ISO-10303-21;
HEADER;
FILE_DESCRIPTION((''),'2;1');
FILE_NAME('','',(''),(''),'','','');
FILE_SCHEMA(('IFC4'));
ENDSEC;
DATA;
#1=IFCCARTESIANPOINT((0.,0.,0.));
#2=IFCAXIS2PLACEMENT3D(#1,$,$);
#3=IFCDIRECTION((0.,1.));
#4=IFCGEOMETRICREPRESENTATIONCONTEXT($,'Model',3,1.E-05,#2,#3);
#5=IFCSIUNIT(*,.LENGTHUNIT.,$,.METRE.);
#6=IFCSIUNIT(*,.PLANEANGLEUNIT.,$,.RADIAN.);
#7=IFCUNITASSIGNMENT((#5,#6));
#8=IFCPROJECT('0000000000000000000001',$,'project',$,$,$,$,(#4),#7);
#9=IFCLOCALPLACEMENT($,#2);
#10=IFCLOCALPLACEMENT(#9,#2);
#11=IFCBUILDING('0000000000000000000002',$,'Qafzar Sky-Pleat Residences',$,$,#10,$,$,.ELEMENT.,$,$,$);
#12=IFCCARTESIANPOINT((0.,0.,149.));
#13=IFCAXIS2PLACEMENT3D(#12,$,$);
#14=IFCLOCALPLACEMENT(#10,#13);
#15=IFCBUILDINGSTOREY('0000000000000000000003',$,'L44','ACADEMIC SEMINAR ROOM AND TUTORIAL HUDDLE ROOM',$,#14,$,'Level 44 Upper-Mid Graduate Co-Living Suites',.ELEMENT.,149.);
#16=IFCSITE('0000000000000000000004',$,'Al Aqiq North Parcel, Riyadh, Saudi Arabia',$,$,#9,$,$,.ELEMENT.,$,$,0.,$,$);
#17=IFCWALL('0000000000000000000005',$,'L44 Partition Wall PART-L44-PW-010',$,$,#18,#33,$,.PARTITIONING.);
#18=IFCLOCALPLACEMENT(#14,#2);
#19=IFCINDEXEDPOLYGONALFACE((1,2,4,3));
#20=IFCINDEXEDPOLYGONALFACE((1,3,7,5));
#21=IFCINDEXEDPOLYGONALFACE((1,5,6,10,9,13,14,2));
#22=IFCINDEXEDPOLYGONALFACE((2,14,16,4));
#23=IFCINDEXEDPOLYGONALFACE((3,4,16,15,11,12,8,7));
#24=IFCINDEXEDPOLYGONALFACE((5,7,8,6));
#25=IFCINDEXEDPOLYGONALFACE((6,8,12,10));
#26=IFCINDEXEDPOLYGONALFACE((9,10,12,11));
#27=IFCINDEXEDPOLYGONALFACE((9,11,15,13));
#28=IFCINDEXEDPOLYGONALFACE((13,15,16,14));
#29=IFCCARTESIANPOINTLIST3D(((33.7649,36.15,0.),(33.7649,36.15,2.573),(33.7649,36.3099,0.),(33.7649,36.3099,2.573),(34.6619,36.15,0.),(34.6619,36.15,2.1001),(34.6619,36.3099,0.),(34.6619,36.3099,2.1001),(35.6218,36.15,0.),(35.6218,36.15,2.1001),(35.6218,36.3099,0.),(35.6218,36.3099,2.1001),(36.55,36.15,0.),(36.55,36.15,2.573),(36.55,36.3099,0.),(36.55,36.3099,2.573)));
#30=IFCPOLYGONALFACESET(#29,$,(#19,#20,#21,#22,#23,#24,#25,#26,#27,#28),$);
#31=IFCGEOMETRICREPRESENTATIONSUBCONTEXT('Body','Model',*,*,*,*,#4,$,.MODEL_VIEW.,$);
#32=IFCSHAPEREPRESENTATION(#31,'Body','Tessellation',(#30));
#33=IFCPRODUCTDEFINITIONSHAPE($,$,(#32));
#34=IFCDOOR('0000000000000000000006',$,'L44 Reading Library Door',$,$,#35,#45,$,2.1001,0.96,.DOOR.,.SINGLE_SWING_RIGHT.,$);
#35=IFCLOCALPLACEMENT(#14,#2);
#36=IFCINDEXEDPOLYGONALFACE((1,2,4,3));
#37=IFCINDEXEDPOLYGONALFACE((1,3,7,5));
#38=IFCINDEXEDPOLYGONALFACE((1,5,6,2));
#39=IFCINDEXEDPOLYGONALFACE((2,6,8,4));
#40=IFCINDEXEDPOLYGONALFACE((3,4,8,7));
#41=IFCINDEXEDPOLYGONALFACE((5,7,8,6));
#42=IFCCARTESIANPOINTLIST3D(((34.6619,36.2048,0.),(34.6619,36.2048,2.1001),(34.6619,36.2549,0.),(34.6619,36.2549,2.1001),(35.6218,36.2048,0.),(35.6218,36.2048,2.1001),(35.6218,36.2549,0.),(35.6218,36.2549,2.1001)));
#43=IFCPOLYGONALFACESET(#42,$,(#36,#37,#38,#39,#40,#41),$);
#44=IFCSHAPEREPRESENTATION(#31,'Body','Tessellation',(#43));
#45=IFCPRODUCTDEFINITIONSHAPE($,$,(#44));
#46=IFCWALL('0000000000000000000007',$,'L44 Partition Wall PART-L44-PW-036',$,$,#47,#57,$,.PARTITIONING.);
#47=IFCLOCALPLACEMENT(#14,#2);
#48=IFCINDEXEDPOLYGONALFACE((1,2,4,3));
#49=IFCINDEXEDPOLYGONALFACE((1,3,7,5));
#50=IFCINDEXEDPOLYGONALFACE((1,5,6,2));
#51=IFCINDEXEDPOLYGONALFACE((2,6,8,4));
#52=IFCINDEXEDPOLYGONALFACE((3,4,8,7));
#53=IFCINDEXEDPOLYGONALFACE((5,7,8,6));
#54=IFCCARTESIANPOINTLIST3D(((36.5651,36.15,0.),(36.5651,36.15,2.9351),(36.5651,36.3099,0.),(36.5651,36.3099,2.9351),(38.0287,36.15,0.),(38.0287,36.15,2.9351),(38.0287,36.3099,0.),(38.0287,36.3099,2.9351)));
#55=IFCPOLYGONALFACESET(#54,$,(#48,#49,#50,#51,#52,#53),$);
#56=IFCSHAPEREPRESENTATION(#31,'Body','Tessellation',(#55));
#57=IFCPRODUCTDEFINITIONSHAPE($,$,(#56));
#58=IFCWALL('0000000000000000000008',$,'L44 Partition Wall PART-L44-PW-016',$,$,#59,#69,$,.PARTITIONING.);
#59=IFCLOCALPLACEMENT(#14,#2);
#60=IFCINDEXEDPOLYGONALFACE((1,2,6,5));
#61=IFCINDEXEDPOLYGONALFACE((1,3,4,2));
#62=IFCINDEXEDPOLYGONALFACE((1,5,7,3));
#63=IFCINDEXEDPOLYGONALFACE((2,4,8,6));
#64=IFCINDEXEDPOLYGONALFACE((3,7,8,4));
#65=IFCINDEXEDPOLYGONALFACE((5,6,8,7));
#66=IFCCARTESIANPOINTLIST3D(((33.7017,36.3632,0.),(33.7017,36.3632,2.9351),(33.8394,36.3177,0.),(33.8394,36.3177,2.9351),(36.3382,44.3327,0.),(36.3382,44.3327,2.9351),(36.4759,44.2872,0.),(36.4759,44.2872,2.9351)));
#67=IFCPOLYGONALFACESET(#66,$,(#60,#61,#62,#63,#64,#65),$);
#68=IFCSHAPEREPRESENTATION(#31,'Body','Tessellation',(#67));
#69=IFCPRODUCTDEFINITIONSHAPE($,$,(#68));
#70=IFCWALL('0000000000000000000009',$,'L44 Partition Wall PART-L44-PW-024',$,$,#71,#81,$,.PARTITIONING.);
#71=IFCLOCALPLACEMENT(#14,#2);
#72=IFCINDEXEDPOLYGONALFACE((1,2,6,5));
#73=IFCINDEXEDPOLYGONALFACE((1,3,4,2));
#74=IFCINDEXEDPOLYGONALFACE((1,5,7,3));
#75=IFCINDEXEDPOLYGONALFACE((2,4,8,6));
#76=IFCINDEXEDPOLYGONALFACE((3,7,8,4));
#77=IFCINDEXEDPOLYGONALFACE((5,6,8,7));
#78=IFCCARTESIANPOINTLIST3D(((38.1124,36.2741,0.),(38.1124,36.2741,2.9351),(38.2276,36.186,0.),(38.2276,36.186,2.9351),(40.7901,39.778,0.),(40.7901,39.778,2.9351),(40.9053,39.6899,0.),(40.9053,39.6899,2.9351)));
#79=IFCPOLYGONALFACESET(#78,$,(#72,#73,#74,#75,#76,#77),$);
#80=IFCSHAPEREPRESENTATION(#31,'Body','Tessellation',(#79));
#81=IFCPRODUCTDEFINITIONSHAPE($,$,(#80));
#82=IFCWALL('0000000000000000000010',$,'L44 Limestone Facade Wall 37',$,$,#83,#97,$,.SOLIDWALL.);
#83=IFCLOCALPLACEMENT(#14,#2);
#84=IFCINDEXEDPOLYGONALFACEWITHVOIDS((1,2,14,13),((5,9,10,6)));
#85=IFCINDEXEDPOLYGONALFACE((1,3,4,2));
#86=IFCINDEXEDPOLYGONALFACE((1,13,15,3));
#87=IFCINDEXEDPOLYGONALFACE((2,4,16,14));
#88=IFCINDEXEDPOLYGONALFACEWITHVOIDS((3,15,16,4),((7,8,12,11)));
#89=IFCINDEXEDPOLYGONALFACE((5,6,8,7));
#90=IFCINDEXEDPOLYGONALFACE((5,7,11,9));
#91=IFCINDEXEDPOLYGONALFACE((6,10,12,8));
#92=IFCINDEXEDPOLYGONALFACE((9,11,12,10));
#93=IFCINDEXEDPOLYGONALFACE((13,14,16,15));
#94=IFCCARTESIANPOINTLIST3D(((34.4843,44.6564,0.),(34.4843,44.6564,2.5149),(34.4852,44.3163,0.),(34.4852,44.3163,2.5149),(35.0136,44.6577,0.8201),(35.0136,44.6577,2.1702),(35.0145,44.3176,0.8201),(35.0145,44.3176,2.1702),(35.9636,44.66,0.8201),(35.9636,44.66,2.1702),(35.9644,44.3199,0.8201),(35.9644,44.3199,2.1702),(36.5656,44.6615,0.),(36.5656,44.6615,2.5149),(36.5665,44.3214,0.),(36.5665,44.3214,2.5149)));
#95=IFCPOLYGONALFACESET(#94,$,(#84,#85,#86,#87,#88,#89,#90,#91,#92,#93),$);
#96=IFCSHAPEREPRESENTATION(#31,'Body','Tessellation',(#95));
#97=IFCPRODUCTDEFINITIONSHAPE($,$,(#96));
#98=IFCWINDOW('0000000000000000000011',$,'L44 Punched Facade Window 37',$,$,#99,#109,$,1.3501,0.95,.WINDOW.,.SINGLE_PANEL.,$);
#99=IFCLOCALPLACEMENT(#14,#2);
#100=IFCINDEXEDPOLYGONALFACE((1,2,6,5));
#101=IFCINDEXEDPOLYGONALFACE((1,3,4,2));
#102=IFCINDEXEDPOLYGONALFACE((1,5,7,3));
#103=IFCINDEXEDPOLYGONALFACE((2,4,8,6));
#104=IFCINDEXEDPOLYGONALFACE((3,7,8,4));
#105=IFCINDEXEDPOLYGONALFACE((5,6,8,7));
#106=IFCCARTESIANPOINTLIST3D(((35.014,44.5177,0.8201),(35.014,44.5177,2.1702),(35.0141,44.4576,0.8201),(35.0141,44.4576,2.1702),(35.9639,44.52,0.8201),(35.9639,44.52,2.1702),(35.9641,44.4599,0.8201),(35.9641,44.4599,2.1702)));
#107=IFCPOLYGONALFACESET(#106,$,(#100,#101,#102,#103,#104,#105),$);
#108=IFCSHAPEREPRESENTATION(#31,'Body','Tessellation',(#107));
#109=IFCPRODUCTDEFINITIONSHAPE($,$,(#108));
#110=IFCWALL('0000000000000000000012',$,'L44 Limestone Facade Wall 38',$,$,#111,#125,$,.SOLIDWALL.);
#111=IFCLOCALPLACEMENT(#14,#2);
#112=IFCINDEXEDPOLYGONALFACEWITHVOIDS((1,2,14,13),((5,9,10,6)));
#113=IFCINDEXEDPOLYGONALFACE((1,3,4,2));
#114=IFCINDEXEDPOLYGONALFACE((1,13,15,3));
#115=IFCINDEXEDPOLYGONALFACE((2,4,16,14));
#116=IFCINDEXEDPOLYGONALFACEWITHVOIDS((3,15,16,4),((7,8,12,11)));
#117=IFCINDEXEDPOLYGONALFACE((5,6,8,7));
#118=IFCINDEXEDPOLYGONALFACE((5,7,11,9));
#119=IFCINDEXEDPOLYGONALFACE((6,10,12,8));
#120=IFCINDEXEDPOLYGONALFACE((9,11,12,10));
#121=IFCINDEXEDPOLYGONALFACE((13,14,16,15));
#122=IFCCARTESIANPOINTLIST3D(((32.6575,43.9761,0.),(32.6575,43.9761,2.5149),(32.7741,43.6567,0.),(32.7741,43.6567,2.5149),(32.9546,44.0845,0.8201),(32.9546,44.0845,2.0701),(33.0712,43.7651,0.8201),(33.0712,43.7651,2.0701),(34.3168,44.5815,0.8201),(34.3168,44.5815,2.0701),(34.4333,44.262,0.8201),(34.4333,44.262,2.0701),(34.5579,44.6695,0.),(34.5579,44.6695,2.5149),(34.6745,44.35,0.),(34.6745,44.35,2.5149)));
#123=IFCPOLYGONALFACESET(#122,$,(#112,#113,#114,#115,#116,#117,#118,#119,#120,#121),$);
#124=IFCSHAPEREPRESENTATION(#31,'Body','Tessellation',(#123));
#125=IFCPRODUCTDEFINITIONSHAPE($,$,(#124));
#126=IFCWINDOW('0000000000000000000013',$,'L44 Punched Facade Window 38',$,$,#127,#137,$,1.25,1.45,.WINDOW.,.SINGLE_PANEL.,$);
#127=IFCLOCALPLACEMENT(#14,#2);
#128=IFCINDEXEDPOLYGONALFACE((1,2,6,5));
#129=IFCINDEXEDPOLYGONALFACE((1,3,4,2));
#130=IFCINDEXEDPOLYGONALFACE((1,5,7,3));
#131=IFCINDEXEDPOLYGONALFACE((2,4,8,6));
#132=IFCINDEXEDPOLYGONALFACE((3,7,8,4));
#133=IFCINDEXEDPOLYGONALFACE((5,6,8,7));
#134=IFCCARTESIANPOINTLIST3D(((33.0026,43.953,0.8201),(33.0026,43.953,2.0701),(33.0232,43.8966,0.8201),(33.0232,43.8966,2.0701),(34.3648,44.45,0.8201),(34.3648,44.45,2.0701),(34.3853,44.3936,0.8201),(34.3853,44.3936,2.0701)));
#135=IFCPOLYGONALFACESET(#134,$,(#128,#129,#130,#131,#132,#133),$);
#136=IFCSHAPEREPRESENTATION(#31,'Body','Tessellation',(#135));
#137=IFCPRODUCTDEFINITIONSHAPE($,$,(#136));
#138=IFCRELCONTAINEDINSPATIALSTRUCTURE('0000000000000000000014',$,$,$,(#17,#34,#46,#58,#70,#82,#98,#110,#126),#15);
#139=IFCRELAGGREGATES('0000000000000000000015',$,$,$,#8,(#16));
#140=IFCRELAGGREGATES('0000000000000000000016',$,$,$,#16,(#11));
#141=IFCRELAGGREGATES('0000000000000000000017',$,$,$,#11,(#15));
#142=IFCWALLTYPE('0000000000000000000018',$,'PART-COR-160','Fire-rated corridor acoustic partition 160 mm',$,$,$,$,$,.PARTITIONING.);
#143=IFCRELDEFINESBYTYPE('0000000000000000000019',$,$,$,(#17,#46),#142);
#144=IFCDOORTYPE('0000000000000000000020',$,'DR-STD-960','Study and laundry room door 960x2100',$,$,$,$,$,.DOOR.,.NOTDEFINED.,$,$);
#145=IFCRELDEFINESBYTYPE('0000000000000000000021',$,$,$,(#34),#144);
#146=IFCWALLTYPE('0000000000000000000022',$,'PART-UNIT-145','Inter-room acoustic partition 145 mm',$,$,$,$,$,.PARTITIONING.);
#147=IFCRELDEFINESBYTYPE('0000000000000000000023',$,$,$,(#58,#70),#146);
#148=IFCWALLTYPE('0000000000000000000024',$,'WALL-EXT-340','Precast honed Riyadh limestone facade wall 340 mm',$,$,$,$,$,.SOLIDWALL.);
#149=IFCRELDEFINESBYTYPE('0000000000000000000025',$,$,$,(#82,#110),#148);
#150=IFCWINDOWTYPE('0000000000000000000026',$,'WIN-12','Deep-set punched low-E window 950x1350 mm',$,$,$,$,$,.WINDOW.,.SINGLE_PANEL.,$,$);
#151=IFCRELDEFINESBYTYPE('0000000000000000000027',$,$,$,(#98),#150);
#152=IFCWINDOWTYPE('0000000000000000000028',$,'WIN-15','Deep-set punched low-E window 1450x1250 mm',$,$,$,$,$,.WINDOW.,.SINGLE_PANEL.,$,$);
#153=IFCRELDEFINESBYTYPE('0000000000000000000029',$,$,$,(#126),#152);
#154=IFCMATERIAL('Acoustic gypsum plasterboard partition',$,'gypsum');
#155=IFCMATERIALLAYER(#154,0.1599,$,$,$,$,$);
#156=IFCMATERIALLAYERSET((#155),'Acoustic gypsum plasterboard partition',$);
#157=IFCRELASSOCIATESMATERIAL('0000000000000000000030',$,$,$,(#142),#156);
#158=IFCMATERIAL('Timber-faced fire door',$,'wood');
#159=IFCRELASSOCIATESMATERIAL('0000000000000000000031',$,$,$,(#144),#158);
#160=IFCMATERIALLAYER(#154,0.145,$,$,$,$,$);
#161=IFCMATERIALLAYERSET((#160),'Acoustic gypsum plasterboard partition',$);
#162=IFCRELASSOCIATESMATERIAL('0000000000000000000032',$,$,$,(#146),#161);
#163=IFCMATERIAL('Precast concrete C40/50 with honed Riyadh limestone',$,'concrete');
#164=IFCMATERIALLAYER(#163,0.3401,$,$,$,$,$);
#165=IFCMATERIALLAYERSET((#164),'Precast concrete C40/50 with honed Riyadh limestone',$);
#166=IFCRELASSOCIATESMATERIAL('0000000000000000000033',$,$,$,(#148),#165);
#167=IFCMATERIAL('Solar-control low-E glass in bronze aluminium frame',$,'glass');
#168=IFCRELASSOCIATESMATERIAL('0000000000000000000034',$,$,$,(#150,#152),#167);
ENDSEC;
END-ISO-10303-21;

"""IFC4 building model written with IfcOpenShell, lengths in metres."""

from ifc_helpers import new_model, si_unit, direction, frame, frame_2d, origin, place, context, subcontext, project, spatial, rectangle, extrude, source, transform, mapped, material, layer, layer_set, type_object, element, fill, save


model = new_model("IFC4")

# Units and contexts
model_context = context("Model", 3, precision=1e-05, world=origin(), true_north=direction((0.0, 1.0)))
body_context = subcontext(model_context, "Body", "Model", "MODEL_VIEW")
ifc_project = project(units=[si_unit("LENGTHUNIT", "METRE"), si_unit("PLANEANGLEUNIT", "RADIAN")], contexts=[model_context])

# Site, building, storey
site_placement = place(None, origin())
site = spatial("IfcSite", under=ifc_project, at=site_placement, Name="Al Aqiq North Parcel, Riyadh, Saudi Arabia", CompositionType="ELEMENT", RefElevation=0.0)
building_placement = place(site_placement, origin())
building = spatial("IfcBuilding", under=site, at=building_placement, Name="Qafzar Sky-Pleat Residences", CompositionType="ELEMENT")
storey_placement = place(building_placement, frame((0.0, 0.0, 149.0)))
storey = spatial("IfcBuildingStorey", under=building, at=storey_placement, Name="L44", Description="ACADEMIC SEMINAR ROOM AND TUTORIAL HUDDLE ROOM", LongName="Level 44 Upper-Mid Graduate Co-Living Suites", CompositionType="ELEMENT", Elevation=149.0)

# Wall, opening, door
ifc_material_1 = material(Name="Acoustic gypsum plasterboard partition", Category="gypsum")
ifc_layer_1 = layer(ifc_material_1, 0.1599)
ifc_layer_set_1 = layer_set([ifc_layer_1], Name="Acoustic gypsum plasterboard partition")
wall_type_1 = type_object("IfcWallType", Name="PART-COR-160", Description="Fire-rated corridor acoustic partition 160 mm", PredefinedType="PARTITIONING", material=ifc_layer_set_1)
wall_1_placement = place(storey_placement, frame((33.7649, 36.23, 0.0), z_axis=(0.0, 0.0, 1.0), x_axis=(1.0, 0.0, 0.0)))
wall_1 = element("IfcWall", 1, at=wall_1_placement, inside=storey, type_object=wall_type_1, Name="L44 Partition Wall PART-L44-PW-010", PredefinedType="PARTITIONING", context=body_context, shape_type="SweptSolid", body=[
    extrude(rectangle(XDim=2.7852, YDim=0.1599, at=frame_2d((1.3926, 0.0))), origin(), (0.0, 0.0, 1.0), 2.573),
])
opening_1_placement = place(wall_1_placement, frame((0.897, 0.0, 0.0)))
opening_1 = element("IfcOpeningElement", 2, at=opening_1_placement, cuts=wall_1, PredefinedType="OPENING", context=body_context, shape_type="SweptSolid", body=[
    extrude(rectangle(XDim=0.96, YDim=2.1001, at=frame_2d((0.48, 1.05))), frame((0.0, 0.0898, 0.0), z_axis=(0.0, -1.0, 0.0), x_axis=(1.0, 0.0, 0.0)), (0.0, 0.0, 1.0), 0.1799),
])
ifc_material_2 = material(Name="Timber-faced fire door", Category="wood")
door_type_1 = type_object("IfcDoorType", Name="DR-STD-960", Description="Study and laundry room door 960x2100", OperationType="NOTDEFINED", PredefinedType="DOOR", material=ifc_material_2)
shared_shape_1 = source(origin(), body_context, "Body", "SweptSolid", [
    extrude(rectangle(XDim=0.96, YDim=2.1001, at=frame_2d((0.48, 1.05))), frame((0.0, 0.0249, 0.0), z_axis=(0.0, -1.0, 0.0), x_axis=(1.0, 0.0, 0.0)), (0.0, 0.0, 1.0), 0.05),
])
door_1_placement = place(opening_1_placement, origin())
door_1 = element("IfcDoor", 3, at=door_1_placement, inside=storey, type_object=door_type_1, Name="L44 Reading Library Door", OperationType="SINGLE_SWING_RIGHT", OverallHeight=2.1001, OverallWidth=0.96, PredefinedType="DOOR", context=body_context, shape_type="MappedRepresentation", body=[
    mapped(shared_shape_1, transform((0.0, 0.0, 0.0), x_axis=(1.0, 0.0, 0.0), y_axis=(0.0, 1.0, 0.0), z_axis=(0.0, 0.0, 1.0), scale=1.0)),
])
fill(opening_1, door_1)

# Walls
wall_2_placement = place(storey_placement, frame((36.5649, 36.23, 0.0), z_axis=(0.0, 0.0, 1.0), x_axis=(1.0, 0.0, 0.0)))
element("IfcWall", 4, at=wall_2_placement, inside=storey, type_object=wall_type_1, Name="L44 Partition Wall PART-L44-PW-036", PredefinedType="PARTITIONING", context=body_context, shape_type="SweptSolid", body=[
    extrude(rectangle(XDim=1.4636, YDim=0.1599, at=frame_2d((0.7319, 0.0))), origin(), (0.0, 0.0, 1.0), 2.9351),
])
ifc_layer_2 = layer(ifc_material_1, 0.145)
ifc_layer_set_2 = layer_set([ifc_layer_2], Name="Acoustic gypsum plasterboard partition")
wall_type_2 = type_object("IfcWallType", Name="PART-UNIT-145", Description="Inter-room acoustic partition 145 mm", PredefinedType="PARTITIONING", material=ifc_layer_set_2)
wall_3_placement = place(storey_placement, frame((33.7705, 36.3403, 0.0), z_axis=(0.0, 0.0, 1.0), x_axis=(0.314081, 0.949396, 0.0)))
element("IfcWall", 5, at=wall_3_placement, inside=storey, type_object=wall_type_2, Name="L44 Partition Wall PART-L44-PW-016", PredefinedType="PARTITIONING", context=body_context, shape_type="SweptSolid", body=[
    extrude(rectangle(XDim=8.3943, YDim=0.145, at=frame_2d((4.1973, 0.0))), origin(), (0.0, 0.0, 1.0), 2.9351),
])
wall_4_placement = place(storey_placement, frame((38.1699, 36.23, 0.0), z_axis=(0.0, 0.0, 1.0), x_axis=(0.607203, 0.794546, 0.0)))
element("IfcWall", 6, at=wall_4_placement, inside=storey, type_object=wall_type_2, Name="L44 Partition Wall PART-L44-PW-024", PredefinedType="PARTITIONING", context=body_context, shape_type="SweptSolid", body=[
    extrude(rectangle(XDim=4.4099, YDim=0.145, at=frame_2d((2.2051, 0.0))), origin(), (0.0, 0.0, 1.0), 2.9351),
])

# Walls, openings, windows
ifc_material_3 = material(Name="Precast concrete C40/50 with honed Riyadh limestone", Category="concrete")
ifc_layer_3 = layer(ifc_material_3, 0.3401)
ifc_layer_set_3 = layer_set([ifc_layer_3], Name="Precast concrete C40/50 with honed Riyadh limestone")
wall_type_3 = type_object("IfcWallType", Name="WALL-EXT-340", Description="Precast honed Riyadh limestone facade wall 340 mm", PredefinedType="SOLIDWALL", material=ifc_layer_set_3)
wall_5_placement = place(storey_placement, frame((36.5659, 44.4915, 0.0), z_axis=(0.0, 0.0, 1.0), x_axis=(-0.999997, -0.002463, 0.0)))
wall_5 = element("IfcWall", 7, at=wall_5_placement, inside=storey, type_object=wall_type_3, Name="L44 Limestone Facade Wall 37", PredefinedType="SOLIDWALL", context=body_context, shape_type="SweptSolid", body=[
    extrude(rectangle(XDim=2.0813, YDim=0.3401, at=frame_2d((1.0405, 0.0))), origin(), (0.0, 0.0, 1.0), 2.5149),
])
opening_2_placement = place(wall_5_placement, frame((0.6018, 0.0, 0.8201)))
opening_2 = element("IfcOpeningElement", 8, at=opening_2_placement, cuts=wall_5, PredefinedType="OPENING", context=body_context, shape_type="SweptSolid", body=[
    extrude(rectangle(XDim=0.95, YDim=1.3501, at=frame_2d((0.4751, 0.675))), frame((0.0, 0.1802, 0.0), z_axis=(0.0, -1.0, 0.0), x_axis=(1.0, 0.0, 0.0)), (0.0, 0.0, 1.0), 0.3601),
])
ifc_material_4 = material(Name="Solar-control low-E glass in bronze aluminium frame", Category="glass")
window_type_1 = type_object("IfcWindowType", Name="WIN-12", Description="Deep-set punched low-E window 950x1350 mm", PartitioningType="SINGLE_PANEL", PredefinedType="WINDOW", material=ifc_material_4)
shared_shape_2 = source(origin(), body_context, "Body", "SweptSolid", [
    extrude(rectangle(XDim=0.95, YDim=1.3501, at=frame_2d((0.4751, 0.675))), frame((0.0, 0.03, 0.0), z_axis=(0.0, -1.0, 0.0), x_axis=(1.0, 0.0, 0.0)), (0.0, 0.0, 1.0), 0.0601),
])
window_1_placement = place(opening_2_placement, origin())
window_1 = element("IfcWindow", 9, at=window_1_placement, inside=storey, type_object=window_type_1, Name="L44 Punched Facade Window 37", OverallHeight=1.3501, OverallWidth=0.95, PartitioningType="SINGLE_PANEL", PredefinedType="WINDOW", context=body_context, shape_type="MappedRepresentation", body=[
    mapped(shared_shape_2, transform((0.0, 0.0, 0.0), x_axis=(1.0, 0.0, 0.0), y_axis=(0.0, 1.0, 0.0), z_axis=(0.0, 0.0, 1.0), scale=1.0)),
])
fill(opening_2, window_1)
wall_6_placement = place(storey_placement, frame((34.6162, 44.5098, 0.0), z_axis=(0.0, 0.0, 1.0), x_axis=(-0.939426, -0.342751, 0.0)))
wall_6 = element("IfcWall", 10, at=wall_6_placement, inside=storey, type_object=wall_type_3, Name="L44 Limestone Facade Wall 38", PredefinedType="SOLIDWALL", context=body_context, shape_type="SweptSolid", body=[
    extrude(rectangle(XDim=2.0229, YDim=0.3401, at=frame_2d((1.0115, 0.0))), origin(), (0.0, 0.0, 1.0), 2.5149),
])
opening_3_placement = place(wall_6_placement, frame((0.2566, 0.0, 0.8201)))
opening_3 = element("IfcOpeningElement", 11, at=opening_3_placement, cuts=wall_6, PredefinedType="OPENING", context=body_context, shape_type="SweptSolid", body=[
    extrude(rectangle(XDim=1.45, YDim=1.25, at=frame_2d((0.7251, 0.625))), frame((0.0, 0.1802, 0.0), z_axis=(0.0, -1.0, 0.0), x_axis=(1.0, 0.0, 0.0)), (0.0, 0.0, 1.0), 0.3601),
])
window_type_2 = type_object("IfcWindowType", Name="WIN-15", Description="Deep-set punched low-E window 1450x1250 mm", PartitioningType="SINGLE_PANEL", PredefinedType="WINDOW", material=ifc_material_4)
shared_shape_3 = source(origin(), body_context, "Body", "SweptSolid", [
    extrude(rectangle(XDim=1.45, YDim=1.25, at=frame_2d((0.7251, 0.625))), frame((0.0, 0.03, 0.0), z_axis=(0.0, -1.0, 0.0), x_axis=(1.0, 0.0, 0.0)), (0.0, 0.0, 1.0), 0.0601),
])
window_2_placement = place(opening_3_placement, origin())
window_2 = element("IfcWindow", 12, at=window_2_placement, inside=storey, type_object=window_type_2, Name="L44 Punched Facade Window 38", OverallHeight=1.25, OverallWidth=1.45, PartitioningType="SINGLE_PANEL", PredefinedType="WINDOW", context=body_context, shape_type="MappedRepresentation", body=[
    mapped(shared_shape_3, transform((0.0, 0.0, 0.0), x_axis=(1.0, 0.0, 0.0), y_axis=(0.0, 1.0, 0.0), z_axis=(0.0, 0.0, 1.0), scale=1.0)),
])
fill(opening_3, window_2)

save(model, "model.ifc")
